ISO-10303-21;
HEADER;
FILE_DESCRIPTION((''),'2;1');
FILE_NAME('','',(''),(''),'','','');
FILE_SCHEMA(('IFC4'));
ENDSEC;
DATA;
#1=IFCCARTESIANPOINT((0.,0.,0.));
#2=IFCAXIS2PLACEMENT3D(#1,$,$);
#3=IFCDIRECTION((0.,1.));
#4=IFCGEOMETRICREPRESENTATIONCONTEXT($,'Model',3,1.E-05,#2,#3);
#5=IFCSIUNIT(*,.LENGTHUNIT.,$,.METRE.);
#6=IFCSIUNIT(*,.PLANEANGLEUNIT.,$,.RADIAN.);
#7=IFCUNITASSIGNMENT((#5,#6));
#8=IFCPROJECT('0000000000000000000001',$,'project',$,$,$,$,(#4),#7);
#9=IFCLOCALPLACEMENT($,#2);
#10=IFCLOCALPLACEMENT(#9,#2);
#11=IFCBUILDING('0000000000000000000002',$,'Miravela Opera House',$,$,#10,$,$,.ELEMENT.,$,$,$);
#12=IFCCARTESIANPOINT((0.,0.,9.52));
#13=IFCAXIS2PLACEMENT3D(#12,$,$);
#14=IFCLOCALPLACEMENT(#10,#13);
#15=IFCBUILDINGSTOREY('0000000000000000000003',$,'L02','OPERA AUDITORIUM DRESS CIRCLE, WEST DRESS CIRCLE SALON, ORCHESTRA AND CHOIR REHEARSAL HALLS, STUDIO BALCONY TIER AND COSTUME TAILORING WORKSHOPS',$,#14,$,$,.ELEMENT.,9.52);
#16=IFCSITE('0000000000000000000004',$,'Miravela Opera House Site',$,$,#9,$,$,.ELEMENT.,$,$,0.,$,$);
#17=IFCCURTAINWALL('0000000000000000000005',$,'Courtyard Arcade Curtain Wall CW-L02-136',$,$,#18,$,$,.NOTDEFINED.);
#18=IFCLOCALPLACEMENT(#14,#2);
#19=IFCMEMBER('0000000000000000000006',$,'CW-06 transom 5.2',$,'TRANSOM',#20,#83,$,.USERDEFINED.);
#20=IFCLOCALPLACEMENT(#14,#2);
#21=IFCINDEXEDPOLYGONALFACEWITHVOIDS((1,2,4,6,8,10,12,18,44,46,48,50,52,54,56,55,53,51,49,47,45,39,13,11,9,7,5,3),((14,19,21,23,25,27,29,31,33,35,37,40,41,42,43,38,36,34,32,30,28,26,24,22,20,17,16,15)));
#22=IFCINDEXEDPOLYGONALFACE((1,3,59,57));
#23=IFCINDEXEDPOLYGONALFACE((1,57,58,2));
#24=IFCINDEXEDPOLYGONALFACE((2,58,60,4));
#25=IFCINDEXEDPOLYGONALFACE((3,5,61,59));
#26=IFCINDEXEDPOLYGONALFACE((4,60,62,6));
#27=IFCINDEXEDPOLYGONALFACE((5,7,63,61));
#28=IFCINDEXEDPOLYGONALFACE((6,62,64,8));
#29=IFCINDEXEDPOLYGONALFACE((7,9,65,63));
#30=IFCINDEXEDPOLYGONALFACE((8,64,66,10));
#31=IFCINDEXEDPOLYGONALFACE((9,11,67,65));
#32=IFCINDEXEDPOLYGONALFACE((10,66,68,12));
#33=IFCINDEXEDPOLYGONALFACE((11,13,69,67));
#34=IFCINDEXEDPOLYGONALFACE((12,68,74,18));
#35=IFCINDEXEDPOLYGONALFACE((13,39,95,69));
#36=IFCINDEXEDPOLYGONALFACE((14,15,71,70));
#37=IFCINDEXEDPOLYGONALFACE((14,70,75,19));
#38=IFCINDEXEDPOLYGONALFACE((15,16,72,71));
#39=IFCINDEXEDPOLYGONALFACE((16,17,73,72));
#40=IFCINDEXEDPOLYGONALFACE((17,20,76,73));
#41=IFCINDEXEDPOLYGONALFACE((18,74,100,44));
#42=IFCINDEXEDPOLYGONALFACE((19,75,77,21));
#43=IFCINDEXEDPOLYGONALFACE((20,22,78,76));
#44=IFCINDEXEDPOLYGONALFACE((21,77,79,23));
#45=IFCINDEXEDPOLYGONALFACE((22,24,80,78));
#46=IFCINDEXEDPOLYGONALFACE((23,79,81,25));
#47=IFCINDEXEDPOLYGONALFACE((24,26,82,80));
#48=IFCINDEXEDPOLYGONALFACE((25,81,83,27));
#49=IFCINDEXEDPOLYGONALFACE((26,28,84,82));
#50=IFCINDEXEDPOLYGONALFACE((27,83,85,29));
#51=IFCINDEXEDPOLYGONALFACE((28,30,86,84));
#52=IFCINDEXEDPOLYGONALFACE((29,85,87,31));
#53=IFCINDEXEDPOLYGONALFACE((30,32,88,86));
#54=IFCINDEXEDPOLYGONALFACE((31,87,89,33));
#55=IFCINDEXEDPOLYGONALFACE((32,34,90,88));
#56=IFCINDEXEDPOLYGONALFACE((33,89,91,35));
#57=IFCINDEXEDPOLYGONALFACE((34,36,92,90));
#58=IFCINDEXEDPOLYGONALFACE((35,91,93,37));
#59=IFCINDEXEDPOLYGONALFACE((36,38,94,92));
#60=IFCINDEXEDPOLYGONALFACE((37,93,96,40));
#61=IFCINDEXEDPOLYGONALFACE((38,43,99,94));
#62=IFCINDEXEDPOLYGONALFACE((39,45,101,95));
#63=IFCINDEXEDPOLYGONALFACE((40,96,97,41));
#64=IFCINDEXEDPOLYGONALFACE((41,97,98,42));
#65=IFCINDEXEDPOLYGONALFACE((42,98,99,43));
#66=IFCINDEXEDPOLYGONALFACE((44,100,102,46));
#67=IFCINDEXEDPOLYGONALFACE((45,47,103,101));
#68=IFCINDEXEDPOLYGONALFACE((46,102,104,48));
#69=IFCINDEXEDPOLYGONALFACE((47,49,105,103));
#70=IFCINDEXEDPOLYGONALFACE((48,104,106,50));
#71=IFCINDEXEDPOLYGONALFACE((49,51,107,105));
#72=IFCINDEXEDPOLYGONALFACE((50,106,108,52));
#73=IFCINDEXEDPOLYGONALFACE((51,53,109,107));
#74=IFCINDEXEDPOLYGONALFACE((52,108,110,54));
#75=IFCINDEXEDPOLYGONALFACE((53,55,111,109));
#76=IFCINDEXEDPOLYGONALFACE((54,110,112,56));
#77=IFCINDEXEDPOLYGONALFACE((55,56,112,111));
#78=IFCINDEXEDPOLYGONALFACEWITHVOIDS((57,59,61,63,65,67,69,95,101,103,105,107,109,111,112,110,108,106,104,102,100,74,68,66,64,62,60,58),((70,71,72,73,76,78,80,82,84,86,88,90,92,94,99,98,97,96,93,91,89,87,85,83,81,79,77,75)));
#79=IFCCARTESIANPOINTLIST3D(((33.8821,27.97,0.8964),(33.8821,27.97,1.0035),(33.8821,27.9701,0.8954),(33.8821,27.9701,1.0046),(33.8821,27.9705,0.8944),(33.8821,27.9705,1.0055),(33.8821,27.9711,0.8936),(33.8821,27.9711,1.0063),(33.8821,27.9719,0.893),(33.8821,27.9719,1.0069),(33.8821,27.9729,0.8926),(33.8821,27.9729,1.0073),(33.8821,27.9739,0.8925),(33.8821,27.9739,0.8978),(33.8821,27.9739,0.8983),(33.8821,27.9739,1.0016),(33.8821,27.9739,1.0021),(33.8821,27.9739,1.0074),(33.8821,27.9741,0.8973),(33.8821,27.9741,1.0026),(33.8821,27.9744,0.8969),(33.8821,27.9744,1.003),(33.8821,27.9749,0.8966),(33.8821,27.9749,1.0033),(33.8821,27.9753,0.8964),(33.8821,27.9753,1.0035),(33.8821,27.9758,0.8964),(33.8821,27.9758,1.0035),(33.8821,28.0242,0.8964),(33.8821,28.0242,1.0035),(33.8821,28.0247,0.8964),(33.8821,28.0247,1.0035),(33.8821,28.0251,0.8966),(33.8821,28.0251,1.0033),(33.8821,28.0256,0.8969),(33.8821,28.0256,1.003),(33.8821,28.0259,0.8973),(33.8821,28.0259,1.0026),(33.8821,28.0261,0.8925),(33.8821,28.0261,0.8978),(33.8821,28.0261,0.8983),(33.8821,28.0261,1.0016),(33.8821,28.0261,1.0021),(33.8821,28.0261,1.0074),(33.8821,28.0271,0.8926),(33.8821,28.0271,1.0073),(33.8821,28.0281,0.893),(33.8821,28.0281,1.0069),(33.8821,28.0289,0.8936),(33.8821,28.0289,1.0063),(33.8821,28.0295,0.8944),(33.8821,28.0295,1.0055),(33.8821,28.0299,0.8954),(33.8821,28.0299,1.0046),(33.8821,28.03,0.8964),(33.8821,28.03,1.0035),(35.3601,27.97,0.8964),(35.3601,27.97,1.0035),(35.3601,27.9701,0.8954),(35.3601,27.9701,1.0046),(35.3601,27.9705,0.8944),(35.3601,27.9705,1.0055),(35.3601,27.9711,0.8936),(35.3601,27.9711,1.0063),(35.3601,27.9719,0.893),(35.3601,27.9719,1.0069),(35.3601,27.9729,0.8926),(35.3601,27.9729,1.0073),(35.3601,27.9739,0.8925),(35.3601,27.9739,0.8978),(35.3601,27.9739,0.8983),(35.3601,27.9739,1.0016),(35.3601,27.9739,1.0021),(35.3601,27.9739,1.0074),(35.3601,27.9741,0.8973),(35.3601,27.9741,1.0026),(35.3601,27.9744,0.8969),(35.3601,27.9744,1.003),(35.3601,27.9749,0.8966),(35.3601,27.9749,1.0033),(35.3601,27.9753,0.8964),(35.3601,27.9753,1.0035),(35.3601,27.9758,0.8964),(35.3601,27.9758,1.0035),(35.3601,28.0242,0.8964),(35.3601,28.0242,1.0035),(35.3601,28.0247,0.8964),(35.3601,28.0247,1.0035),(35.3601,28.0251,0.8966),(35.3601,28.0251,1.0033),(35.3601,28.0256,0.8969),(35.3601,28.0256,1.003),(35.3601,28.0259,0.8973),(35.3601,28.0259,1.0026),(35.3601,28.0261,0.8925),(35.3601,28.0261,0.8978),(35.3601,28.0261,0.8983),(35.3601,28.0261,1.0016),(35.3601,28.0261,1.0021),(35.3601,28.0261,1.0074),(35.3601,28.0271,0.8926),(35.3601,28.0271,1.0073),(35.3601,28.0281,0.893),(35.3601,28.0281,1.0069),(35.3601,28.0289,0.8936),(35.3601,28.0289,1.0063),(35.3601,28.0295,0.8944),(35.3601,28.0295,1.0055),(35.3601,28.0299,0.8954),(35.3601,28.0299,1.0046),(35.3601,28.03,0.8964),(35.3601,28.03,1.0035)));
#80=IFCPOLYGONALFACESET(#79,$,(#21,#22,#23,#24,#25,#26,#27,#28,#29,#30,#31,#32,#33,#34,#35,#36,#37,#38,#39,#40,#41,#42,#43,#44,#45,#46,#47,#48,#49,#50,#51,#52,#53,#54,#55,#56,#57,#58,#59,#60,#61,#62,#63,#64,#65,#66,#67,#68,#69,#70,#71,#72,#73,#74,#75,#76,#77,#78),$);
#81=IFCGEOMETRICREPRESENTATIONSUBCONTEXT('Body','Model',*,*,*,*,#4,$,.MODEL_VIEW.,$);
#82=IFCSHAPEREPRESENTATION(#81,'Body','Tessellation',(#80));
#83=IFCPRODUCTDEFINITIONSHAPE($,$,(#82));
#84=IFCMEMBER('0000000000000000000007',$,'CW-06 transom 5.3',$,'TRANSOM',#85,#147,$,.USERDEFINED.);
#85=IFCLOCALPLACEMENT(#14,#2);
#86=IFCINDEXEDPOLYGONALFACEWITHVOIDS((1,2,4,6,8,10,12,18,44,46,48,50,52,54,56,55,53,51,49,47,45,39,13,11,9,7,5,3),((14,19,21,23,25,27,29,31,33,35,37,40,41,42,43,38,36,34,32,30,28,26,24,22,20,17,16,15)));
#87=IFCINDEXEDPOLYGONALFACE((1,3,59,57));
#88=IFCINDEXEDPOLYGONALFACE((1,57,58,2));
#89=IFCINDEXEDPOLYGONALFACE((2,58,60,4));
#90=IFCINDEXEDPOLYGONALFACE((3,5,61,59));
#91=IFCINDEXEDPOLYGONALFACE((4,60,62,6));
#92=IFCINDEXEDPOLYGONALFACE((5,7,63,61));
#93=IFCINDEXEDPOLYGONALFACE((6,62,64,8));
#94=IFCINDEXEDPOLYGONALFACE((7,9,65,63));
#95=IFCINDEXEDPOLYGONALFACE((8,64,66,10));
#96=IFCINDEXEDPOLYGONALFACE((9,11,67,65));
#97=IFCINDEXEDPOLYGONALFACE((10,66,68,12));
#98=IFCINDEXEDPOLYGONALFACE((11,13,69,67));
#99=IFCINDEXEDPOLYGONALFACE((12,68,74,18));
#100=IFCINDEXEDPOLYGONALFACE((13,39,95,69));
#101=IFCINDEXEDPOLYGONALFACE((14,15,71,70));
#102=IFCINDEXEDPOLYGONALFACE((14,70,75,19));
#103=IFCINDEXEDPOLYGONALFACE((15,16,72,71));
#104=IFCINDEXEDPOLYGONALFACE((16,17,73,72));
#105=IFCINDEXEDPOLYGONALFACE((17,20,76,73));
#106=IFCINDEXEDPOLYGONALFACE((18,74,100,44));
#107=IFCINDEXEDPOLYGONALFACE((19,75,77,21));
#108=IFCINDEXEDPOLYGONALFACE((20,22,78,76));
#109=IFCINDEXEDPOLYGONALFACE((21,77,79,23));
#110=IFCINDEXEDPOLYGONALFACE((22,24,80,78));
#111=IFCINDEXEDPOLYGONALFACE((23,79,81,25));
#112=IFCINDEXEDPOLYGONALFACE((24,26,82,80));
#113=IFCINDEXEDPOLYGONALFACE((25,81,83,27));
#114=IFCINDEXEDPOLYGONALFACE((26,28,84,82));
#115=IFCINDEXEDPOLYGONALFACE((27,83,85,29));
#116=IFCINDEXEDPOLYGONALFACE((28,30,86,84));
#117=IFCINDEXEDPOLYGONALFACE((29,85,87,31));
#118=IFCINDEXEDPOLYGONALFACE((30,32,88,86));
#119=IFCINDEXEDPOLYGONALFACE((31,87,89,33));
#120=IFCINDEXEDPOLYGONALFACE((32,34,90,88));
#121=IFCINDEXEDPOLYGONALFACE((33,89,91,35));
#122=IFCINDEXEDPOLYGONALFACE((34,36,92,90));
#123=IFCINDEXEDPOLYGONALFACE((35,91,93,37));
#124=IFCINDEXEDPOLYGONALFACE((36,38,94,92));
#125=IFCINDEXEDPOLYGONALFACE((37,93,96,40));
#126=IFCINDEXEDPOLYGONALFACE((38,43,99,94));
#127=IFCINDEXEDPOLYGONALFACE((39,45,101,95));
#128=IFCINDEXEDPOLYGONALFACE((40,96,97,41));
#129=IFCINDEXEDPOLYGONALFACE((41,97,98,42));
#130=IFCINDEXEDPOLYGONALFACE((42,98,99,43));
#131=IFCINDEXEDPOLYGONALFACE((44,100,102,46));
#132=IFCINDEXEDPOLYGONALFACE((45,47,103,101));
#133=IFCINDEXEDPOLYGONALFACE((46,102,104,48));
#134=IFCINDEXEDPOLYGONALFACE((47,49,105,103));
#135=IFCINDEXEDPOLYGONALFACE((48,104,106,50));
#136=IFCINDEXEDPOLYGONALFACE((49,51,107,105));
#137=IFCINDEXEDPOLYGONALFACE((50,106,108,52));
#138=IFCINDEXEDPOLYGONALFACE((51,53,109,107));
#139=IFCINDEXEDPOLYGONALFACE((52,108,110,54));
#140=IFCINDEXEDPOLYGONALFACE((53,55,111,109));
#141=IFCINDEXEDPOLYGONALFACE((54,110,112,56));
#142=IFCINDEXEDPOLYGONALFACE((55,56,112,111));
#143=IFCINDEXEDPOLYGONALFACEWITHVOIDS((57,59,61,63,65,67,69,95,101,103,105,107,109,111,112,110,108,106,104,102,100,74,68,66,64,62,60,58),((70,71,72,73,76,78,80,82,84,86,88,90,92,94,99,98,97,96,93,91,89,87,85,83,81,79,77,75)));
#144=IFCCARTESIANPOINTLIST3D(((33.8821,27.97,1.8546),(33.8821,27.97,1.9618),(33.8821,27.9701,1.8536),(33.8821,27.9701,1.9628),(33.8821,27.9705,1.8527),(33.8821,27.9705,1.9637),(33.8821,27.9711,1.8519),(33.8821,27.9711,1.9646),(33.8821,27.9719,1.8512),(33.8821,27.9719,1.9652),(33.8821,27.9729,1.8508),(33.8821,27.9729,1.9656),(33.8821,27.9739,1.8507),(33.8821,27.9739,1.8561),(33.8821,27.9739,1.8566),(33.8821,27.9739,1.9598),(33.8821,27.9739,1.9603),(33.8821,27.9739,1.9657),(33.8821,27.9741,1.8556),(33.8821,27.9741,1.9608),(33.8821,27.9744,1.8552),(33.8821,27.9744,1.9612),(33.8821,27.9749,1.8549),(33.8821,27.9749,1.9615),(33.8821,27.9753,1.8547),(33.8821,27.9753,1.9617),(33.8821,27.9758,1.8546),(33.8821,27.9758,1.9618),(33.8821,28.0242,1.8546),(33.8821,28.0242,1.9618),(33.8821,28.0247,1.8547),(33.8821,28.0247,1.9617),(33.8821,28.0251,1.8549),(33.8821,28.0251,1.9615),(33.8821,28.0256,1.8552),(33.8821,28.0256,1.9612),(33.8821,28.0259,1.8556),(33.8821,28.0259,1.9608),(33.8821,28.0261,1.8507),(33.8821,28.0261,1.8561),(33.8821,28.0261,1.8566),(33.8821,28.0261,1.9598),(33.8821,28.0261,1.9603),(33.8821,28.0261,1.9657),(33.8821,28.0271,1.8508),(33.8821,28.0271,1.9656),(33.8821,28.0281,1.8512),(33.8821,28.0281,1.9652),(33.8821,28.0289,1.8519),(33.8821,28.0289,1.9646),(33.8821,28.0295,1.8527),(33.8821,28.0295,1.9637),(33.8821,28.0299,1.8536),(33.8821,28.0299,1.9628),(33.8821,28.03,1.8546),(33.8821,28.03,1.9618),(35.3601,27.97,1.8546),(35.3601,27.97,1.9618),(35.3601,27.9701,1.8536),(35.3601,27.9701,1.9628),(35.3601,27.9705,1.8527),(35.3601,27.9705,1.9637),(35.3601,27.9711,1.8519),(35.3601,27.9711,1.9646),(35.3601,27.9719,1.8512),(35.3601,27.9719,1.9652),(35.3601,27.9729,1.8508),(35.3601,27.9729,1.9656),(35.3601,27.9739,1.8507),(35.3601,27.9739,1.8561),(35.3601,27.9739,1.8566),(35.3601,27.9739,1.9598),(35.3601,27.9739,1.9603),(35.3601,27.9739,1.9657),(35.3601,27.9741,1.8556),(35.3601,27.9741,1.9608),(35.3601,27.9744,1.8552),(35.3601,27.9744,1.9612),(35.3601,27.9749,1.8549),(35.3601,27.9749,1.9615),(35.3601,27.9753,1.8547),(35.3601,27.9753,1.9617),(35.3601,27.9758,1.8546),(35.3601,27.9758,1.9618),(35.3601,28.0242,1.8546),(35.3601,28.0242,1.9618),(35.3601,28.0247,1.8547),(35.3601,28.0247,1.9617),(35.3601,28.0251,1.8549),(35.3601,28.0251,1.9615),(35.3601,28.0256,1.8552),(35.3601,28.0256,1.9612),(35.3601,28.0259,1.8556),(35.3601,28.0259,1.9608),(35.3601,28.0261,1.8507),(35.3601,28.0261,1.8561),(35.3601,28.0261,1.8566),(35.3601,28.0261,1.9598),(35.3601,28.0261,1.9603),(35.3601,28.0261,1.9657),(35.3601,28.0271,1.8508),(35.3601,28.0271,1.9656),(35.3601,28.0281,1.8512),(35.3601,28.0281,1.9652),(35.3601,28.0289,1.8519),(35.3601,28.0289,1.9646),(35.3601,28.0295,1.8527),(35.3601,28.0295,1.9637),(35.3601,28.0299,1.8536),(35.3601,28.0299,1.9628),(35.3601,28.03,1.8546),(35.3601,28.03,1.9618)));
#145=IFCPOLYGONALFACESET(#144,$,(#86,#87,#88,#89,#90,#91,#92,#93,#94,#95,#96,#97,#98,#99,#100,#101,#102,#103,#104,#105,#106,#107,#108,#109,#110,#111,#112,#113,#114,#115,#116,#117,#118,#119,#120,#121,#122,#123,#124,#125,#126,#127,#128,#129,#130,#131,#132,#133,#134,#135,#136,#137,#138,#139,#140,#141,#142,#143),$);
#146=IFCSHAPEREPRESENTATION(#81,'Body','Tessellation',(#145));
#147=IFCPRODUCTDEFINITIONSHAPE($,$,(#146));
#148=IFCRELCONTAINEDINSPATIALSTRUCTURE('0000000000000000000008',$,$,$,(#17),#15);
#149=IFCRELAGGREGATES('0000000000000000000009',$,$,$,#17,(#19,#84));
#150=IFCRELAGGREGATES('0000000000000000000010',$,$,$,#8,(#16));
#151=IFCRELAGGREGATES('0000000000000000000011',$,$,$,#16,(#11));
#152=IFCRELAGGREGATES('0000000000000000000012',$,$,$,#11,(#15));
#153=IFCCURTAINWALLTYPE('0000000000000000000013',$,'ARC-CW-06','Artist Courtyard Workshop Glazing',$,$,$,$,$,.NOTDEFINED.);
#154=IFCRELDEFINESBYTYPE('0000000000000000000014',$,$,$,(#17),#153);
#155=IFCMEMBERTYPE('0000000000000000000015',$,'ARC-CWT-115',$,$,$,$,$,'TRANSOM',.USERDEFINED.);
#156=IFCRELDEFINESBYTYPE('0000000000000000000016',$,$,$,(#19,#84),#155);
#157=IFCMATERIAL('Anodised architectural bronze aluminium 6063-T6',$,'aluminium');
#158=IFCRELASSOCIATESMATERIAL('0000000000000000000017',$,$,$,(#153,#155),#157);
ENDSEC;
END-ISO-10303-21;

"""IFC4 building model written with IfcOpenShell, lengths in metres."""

from ifc_helpers import new_model, si_unit, direction, frame, origin, origin_2d, place, context, subcontext, project, spatial, hollow_rectangle, extrude, material, material_profile, profile_set, type_object, element, aggregate, save


model = new_model("IFC4")

# Units and contexts
model_context = context("Model", 3, precision=1e-05, world=origin(), true_north=direction((0.0, 1.0)))
body_context = subcontext(model_context, "Body", "Model", "MODEL_VIEW")
ifc_project = project(units=[si_unit("LENGTHUNIT", "METRE"), si_unit("PLANEANGLEUNIT", "RADIAN")], contexts=[model_context])

# Site, building, storey
site_placement = place(None, origin())
site = spatial("IfcSite", under=ifc_project, at=site_placement, Name="Miravela Opera House Site", CompositionType="ELEMENT", RefElevation=0.0)
building_placement = place(site_placement, origin())
building = spatial("IfcBuilding", under=site, at=building_placement, Name="Miravela Opera House", CompositionType="ELEMENT")
storey_placement = place(building_placement, frame((0.0, 0.0, 9.52)))
storey = spatial("IfcBuildingStorey", under=building, at=storey_placement, Name="L02", Description="OPERA AUDITORIUM DRESS CIRCLE, WEST DRESS CIRCLE SALON, ORCHESTRA AND CHOIR REHEARSAL HALLS, STUDIO BALCONY TIER AND COSTUME TAILORING WORKSHOPS", CompositionType="ELEMENT", Elevation=9.52)

# Curtain wall, members
ifc_material_1 = material(Name="Anodised architectural bronze aluminium 6063-T6", Category="aluminium")
curtain_wall_type = type_object("IfcCurtainWallType", Name="ARC-CW-06", Description="Artist Courtyard Workshop Glazing", PredefinedType="NOTDEFINED", material=ifc_material_1)
curtain_wall_placement = place(storey_placement, origin())
curtain_wall = element("IfcCurtainWall", 1, at=curtain_wall_placement, inside=storey, type_object=curtain_wall_type, Name="Courtyard Arcade Curtain Wall CW-L02-136", PredefinedType="NOTDEFINED")
ifc_material_profile_1 = material_profile(ifc_material_1, hollow_rectangle(XDim=0.0601, YDim=0.115, WallThickness=0.0039, InnerFilletRadius=0.002, OuterFilletRadius=0.0039, at=origin_2d()), Name="CWT-60X115")
ifc_profile_set_1 = profile_set([ifc_material_profile_1])
member_type_1 = type_object("IfcMemberType", Name="ARC-CWT-115", ElementType="TRANSOM", PredefinedType="USERDEFINED", material=ifc_profile_set_1)
member_1_placement = place(storey_placement, frame((33.8821, 28.0, 0.95), z_axis=(1.0, 0.0, 0.0), x_axis=(0.0, 1.0, 0.0)))
member_1 = element("IfcMember", 2, at=member_1_placement, type_object=member_type_1, Name="CW-06 transom 5.2", ObjectType="TRANSOM", PredefinedType="USERDEFINED", context=body_context, shape_type="SweptSolid", body=[
    extrude(hollow_rectangle(XDim=0.0601, YDim=0.115, WallThickness=0.0039, InnerFilletRadius=0.002, OuterFilletRadius=0.0039, at=origin_2d()), origin(), (0.0, 0.0, 1.0), 1.478),
])
member_2_placement = place(storey_placement, frame((33.8821, 28.0, 1.9082), z_axis=(1.0, 0.0, 0.0), x_axis=(0.0, 1.0, 0.0)))
member_2 = element("IfcMember", 3, at=member_2_placement, type_object=member_type_1, Name="CW-06 transom 5.3", ObjectType="TRANSOM", PredefinedType="USERDEFINED", context=body_context, shape_type="SweptSolid", body=[
    extrude(hollow_rectangle(XDim=0.0601, YDim=0.115, WallThickness=0.0039, InnerFilletRadius=0.002, OuterFilletRadius=0.0039, at=origin_2d()), origin(), (0.0, 0.0, 1.0), 1.478),
])
aggregate(curtain_wall, [member_1, member_2])

save(model, "model.ifc")
